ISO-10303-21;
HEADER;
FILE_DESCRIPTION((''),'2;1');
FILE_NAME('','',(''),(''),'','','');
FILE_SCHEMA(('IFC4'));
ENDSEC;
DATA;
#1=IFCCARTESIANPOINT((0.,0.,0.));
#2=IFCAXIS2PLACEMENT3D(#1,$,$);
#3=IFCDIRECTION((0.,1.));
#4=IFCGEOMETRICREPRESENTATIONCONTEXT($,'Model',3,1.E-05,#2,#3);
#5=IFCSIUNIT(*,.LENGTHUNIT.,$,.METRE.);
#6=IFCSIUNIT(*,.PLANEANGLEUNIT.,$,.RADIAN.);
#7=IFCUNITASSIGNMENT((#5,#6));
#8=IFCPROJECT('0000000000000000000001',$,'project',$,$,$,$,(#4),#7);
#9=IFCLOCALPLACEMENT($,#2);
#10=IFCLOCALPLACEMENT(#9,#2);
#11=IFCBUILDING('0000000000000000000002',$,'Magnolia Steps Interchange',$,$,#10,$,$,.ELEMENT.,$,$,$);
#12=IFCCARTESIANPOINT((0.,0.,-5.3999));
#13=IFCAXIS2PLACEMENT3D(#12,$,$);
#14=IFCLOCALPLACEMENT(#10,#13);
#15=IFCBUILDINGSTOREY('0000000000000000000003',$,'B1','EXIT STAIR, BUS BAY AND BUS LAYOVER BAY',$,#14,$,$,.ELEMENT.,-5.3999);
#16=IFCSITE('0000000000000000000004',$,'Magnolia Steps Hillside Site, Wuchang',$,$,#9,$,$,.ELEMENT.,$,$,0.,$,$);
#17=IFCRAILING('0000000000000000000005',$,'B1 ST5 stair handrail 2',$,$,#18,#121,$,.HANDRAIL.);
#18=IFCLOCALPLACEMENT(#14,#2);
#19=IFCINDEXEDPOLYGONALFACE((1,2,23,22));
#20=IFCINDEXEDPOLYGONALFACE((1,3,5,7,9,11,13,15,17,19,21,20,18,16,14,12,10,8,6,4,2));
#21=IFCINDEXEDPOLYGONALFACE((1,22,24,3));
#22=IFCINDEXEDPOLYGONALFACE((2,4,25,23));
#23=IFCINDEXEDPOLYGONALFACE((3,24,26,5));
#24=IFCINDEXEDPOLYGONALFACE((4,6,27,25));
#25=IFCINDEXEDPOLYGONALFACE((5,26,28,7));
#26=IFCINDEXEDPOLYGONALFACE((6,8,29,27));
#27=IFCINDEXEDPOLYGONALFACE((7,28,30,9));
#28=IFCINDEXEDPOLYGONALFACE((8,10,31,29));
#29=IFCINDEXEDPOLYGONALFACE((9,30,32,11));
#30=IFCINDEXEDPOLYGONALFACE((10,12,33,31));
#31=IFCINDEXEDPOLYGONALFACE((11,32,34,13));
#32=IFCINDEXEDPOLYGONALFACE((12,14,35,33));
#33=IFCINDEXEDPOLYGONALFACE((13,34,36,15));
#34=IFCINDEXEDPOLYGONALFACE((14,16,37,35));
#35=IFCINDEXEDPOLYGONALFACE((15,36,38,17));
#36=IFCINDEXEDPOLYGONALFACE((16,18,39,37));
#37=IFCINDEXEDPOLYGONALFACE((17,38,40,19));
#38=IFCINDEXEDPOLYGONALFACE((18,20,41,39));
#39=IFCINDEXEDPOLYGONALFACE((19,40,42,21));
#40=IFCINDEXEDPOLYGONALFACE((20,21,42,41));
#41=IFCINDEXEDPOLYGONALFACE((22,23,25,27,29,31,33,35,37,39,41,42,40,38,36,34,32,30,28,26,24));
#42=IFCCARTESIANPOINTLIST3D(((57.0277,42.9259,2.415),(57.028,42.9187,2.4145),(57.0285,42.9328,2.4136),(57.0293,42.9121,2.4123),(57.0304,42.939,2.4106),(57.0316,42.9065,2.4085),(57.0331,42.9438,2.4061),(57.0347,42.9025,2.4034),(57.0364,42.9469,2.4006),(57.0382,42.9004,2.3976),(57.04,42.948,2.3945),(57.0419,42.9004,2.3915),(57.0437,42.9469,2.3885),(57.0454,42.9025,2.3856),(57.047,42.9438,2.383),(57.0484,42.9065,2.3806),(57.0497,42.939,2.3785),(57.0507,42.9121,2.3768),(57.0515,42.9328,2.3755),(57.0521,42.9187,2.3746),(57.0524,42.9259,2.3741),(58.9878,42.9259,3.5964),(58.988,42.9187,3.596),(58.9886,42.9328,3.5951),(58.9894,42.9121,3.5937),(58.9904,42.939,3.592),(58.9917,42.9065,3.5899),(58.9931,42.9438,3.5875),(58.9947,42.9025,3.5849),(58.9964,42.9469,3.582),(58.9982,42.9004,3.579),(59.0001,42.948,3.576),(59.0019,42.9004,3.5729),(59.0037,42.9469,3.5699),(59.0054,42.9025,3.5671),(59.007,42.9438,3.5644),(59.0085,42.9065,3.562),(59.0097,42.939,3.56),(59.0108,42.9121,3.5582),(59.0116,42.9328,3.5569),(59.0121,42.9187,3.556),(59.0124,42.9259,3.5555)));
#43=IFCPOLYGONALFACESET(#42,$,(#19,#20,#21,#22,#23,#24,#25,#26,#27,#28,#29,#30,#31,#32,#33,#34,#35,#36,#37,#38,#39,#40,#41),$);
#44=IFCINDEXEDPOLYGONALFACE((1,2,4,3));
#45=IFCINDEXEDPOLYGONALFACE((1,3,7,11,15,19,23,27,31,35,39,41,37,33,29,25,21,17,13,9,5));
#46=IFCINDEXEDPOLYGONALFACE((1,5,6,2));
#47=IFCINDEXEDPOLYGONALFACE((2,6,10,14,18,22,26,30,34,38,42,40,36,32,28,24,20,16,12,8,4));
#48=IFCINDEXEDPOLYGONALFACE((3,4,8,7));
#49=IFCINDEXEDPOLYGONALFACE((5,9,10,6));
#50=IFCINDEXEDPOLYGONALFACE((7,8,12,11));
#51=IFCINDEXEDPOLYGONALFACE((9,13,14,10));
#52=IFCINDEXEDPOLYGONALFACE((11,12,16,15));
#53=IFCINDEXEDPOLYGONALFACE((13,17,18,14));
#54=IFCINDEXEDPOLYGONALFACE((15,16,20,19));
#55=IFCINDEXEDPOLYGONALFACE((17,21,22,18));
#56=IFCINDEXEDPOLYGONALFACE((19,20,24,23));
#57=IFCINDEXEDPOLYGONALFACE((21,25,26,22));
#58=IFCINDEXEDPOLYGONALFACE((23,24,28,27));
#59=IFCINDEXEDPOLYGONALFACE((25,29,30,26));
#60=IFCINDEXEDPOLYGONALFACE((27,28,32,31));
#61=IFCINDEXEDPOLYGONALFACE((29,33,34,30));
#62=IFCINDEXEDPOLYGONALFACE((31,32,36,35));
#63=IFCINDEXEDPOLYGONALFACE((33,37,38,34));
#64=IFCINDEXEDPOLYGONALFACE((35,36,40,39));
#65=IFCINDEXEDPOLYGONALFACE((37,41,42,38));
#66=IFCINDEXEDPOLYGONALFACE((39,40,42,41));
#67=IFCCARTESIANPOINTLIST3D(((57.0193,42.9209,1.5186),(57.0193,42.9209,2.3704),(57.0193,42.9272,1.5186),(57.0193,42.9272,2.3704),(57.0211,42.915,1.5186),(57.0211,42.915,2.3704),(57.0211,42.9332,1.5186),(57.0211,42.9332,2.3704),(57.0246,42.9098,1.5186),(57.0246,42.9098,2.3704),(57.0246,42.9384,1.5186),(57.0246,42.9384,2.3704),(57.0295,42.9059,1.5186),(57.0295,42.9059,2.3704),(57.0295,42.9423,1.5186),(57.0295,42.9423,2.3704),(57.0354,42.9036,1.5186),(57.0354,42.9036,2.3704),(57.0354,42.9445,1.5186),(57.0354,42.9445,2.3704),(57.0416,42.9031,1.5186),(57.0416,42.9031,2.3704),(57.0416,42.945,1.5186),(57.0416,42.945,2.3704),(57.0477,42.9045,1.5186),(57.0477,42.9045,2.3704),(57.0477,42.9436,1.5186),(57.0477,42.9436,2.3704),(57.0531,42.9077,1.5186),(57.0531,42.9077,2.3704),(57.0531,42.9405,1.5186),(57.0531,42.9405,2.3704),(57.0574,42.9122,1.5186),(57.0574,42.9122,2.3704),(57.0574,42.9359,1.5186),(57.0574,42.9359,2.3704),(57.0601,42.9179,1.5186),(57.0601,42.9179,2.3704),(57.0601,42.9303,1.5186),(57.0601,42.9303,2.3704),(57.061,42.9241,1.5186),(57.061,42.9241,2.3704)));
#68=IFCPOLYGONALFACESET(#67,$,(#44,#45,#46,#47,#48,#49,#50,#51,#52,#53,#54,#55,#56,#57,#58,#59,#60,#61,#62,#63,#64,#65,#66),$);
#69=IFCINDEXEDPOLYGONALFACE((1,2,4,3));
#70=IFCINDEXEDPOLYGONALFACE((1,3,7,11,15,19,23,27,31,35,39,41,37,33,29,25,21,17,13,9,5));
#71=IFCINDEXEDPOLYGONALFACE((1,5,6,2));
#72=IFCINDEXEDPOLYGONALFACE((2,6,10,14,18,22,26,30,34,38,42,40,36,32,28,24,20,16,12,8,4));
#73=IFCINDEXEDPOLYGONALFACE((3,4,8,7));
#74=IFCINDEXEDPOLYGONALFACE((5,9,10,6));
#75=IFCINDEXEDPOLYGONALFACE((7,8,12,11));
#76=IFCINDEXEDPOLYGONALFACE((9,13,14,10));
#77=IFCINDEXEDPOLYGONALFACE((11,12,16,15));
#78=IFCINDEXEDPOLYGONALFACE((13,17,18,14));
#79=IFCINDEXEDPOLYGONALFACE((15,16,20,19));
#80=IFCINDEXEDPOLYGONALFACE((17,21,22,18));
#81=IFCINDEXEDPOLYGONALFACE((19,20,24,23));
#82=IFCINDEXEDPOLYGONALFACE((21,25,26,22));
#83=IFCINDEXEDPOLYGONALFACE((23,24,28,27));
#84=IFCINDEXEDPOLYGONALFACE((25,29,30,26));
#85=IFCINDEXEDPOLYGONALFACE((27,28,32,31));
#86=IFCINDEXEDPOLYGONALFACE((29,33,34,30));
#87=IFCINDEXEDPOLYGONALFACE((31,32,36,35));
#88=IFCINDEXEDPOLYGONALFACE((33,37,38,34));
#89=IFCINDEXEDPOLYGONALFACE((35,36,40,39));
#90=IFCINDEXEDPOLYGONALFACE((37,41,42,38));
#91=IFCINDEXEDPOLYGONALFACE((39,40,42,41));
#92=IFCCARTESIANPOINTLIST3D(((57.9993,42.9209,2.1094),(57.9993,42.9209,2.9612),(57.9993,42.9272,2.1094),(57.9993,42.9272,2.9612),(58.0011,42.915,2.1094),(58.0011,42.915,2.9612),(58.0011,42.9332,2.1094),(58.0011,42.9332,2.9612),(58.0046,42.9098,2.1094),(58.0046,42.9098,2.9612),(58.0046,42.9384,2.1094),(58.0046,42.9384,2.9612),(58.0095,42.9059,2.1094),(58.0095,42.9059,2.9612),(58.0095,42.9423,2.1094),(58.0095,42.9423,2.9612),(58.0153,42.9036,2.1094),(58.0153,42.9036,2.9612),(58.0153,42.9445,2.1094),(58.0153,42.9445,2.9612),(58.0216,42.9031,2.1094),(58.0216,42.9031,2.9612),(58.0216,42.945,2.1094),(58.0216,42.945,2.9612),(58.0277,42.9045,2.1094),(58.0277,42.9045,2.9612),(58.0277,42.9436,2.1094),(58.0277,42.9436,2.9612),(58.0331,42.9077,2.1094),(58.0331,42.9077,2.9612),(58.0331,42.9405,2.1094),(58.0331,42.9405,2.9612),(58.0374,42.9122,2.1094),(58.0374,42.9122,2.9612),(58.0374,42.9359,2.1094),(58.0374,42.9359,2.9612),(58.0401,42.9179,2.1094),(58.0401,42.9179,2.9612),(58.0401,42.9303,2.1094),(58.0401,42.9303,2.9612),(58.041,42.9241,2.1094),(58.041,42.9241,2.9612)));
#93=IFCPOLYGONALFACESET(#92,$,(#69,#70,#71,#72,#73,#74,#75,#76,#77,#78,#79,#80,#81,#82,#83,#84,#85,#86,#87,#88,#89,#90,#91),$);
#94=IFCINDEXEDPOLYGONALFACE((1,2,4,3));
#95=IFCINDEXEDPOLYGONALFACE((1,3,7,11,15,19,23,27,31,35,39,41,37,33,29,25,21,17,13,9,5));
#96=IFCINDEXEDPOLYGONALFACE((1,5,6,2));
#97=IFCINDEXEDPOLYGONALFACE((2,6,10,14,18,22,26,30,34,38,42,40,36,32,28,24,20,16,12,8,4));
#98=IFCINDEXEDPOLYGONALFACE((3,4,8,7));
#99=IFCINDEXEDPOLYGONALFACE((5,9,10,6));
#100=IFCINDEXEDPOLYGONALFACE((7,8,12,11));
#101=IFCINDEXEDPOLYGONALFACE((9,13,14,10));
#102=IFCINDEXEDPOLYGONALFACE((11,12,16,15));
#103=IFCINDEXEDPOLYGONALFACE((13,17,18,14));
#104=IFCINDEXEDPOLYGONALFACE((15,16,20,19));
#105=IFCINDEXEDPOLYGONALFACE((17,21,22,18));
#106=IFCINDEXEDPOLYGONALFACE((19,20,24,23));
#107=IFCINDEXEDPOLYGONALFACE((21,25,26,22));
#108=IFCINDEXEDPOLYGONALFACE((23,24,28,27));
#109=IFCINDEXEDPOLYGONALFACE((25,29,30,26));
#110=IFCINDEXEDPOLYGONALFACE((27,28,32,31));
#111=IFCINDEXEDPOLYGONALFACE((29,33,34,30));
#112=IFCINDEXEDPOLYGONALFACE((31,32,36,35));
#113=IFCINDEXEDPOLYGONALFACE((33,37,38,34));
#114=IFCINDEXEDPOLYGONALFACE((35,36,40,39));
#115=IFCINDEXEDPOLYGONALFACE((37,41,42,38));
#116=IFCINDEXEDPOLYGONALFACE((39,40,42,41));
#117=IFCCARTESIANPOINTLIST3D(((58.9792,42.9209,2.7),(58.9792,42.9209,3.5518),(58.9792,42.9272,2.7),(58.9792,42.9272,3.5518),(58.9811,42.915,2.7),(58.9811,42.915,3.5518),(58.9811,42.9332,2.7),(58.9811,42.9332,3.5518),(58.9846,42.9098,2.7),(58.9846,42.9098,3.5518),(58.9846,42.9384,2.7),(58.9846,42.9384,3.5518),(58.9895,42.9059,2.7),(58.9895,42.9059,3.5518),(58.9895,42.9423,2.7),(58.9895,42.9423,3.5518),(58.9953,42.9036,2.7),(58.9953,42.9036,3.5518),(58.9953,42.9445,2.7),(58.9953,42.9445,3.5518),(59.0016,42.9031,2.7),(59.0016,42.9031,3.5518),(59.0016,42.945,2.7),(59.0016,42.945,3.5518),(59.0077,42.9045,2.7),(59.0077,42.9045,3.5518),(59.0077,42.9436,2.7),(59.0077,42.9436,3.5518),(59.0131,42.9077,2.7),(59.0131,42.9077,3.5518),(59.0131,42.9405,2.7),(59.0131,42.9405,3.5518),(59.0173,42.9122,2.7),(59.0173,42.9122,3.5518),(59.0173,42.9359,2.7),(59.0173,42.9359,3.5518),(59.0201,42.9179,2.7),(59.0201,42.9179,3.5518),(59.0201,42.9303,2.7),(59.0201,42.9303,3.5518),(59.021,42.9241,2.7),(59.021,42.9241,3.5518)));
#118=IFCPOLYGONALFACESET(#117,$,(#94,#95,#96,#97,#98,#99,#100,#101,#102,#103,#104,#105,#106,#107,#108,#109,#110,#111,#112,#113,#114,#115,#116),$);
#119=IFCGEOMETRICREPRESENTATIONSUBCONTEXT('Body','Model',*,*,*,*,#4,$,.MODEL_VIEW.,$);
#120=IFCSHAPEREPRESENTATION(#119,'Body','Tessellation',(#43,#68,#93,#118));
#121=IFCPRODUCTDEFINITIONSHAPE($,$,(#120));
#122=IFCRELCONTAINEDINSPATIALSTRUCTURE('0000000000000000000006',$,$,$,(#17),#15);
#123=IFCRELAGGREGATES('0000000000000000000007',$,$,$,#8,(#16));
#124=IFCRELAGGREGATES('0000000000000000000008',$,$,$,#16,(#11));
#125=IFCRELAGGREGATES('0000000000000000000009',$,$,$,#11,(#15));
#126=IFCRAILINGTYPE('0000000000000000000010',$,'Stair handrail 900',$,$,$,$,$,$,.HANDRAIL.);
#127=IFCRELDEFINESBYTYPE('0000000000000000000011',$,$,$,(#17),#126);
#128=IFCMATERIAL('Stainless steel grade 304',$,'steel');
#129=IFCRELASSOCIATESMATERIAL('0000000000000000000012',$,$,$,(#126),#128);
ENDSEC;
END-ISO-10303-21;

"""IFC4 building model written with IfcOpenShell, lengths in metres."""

from ifc_helpers import new_model, si_unit, direction, frame, origin, origin_2d, place, context, subcontext, project, spatial, circle, extrude, material, type_object, element, save


model = new_model("IFC4")

# Units and contexts
model_context = context("Model", 3, precision=1e-05, world=origin(), true_north=direction((0.0, 1.0)))
body_context = subcontext(model_context, "Body", "Model", "MODEL_VIEW")
ifc_project = project(units=[si_unit("LENGTHUNIT", "METRE"), si_unit("PLANEANGLEUNIT", "RADIAN")], contexts=[model_context])

# Site, building, storey
site_placement = place(None, origin())
site = spatial("IfcSite", under=ifc_project, at=site_placement, Name="Magnolia Steps Hillside Site, Wuchang", CompositionType="ELEMENT", RefElevation=0.0)
building_placement = place(site_placement, origin())
building = spatial("IfcBuilding", under=site, at=building_placement, Name="Magnolia Steps Interchange", CompositionType="ELEMENT")
storey_placement = place(building_placement, frame((0.0, 0.0, -5.3999)))
storey = spatial("IfcBuildingStorey", under=building, at=storey_placement, Name="B1", Description="EXIT STAIR, BUS BAY AND BUS LAYOVER BAY", CompositionType="ELEMENT", Elevation=-5.3999)

# Railing
ifc_material_1 = material(Name="Stainless steel grade 304", Category="steel")
railing_type_1 = type_object("IfcRailingType", Name="Stair handrail 900", PredefinedType="HANDRAIL", material=ifc_material_1)
railing_1_placement = place(storey_placement, frame((57.04, 42.9241, 1.5186)))
element("IfcRailing", 1, at=railing_1_placement, inside=storey, type_object=railing_type_1, Name="B1 ST5 stair handrail 2", PredefinedType="HANDRAIL", context=body_context, shape_type="SweptSolid", body=[
    extrude(circle(Radius=0.0239, at=origin_2d()), frame((0.0, 0.0, 0.876), z_axis=(0.856446, 0.0, 0.516236), x_axis=(0.0, 1.0, 0.0)), (0.0, 0.0, 1.0), 2.2886),
    extrude(circle(Radius=0.021, at=origin_2d()), origin(), (0.0, 0.0, 1.0), 0.8518),
    extrude(circle(Radius=0.021, at=origin_2d()), frame((0.98, 0.0, 0.5908)), (0.0, 0.0, 1.0), 0.8518),
    extrude(circle(Radius=0.021, at=origin_2d()), frame((1.96, 0.0, 1.1814)), (0.0, 0.0, 1.0), 0.8518),
])

save(model, "model.ifc")
